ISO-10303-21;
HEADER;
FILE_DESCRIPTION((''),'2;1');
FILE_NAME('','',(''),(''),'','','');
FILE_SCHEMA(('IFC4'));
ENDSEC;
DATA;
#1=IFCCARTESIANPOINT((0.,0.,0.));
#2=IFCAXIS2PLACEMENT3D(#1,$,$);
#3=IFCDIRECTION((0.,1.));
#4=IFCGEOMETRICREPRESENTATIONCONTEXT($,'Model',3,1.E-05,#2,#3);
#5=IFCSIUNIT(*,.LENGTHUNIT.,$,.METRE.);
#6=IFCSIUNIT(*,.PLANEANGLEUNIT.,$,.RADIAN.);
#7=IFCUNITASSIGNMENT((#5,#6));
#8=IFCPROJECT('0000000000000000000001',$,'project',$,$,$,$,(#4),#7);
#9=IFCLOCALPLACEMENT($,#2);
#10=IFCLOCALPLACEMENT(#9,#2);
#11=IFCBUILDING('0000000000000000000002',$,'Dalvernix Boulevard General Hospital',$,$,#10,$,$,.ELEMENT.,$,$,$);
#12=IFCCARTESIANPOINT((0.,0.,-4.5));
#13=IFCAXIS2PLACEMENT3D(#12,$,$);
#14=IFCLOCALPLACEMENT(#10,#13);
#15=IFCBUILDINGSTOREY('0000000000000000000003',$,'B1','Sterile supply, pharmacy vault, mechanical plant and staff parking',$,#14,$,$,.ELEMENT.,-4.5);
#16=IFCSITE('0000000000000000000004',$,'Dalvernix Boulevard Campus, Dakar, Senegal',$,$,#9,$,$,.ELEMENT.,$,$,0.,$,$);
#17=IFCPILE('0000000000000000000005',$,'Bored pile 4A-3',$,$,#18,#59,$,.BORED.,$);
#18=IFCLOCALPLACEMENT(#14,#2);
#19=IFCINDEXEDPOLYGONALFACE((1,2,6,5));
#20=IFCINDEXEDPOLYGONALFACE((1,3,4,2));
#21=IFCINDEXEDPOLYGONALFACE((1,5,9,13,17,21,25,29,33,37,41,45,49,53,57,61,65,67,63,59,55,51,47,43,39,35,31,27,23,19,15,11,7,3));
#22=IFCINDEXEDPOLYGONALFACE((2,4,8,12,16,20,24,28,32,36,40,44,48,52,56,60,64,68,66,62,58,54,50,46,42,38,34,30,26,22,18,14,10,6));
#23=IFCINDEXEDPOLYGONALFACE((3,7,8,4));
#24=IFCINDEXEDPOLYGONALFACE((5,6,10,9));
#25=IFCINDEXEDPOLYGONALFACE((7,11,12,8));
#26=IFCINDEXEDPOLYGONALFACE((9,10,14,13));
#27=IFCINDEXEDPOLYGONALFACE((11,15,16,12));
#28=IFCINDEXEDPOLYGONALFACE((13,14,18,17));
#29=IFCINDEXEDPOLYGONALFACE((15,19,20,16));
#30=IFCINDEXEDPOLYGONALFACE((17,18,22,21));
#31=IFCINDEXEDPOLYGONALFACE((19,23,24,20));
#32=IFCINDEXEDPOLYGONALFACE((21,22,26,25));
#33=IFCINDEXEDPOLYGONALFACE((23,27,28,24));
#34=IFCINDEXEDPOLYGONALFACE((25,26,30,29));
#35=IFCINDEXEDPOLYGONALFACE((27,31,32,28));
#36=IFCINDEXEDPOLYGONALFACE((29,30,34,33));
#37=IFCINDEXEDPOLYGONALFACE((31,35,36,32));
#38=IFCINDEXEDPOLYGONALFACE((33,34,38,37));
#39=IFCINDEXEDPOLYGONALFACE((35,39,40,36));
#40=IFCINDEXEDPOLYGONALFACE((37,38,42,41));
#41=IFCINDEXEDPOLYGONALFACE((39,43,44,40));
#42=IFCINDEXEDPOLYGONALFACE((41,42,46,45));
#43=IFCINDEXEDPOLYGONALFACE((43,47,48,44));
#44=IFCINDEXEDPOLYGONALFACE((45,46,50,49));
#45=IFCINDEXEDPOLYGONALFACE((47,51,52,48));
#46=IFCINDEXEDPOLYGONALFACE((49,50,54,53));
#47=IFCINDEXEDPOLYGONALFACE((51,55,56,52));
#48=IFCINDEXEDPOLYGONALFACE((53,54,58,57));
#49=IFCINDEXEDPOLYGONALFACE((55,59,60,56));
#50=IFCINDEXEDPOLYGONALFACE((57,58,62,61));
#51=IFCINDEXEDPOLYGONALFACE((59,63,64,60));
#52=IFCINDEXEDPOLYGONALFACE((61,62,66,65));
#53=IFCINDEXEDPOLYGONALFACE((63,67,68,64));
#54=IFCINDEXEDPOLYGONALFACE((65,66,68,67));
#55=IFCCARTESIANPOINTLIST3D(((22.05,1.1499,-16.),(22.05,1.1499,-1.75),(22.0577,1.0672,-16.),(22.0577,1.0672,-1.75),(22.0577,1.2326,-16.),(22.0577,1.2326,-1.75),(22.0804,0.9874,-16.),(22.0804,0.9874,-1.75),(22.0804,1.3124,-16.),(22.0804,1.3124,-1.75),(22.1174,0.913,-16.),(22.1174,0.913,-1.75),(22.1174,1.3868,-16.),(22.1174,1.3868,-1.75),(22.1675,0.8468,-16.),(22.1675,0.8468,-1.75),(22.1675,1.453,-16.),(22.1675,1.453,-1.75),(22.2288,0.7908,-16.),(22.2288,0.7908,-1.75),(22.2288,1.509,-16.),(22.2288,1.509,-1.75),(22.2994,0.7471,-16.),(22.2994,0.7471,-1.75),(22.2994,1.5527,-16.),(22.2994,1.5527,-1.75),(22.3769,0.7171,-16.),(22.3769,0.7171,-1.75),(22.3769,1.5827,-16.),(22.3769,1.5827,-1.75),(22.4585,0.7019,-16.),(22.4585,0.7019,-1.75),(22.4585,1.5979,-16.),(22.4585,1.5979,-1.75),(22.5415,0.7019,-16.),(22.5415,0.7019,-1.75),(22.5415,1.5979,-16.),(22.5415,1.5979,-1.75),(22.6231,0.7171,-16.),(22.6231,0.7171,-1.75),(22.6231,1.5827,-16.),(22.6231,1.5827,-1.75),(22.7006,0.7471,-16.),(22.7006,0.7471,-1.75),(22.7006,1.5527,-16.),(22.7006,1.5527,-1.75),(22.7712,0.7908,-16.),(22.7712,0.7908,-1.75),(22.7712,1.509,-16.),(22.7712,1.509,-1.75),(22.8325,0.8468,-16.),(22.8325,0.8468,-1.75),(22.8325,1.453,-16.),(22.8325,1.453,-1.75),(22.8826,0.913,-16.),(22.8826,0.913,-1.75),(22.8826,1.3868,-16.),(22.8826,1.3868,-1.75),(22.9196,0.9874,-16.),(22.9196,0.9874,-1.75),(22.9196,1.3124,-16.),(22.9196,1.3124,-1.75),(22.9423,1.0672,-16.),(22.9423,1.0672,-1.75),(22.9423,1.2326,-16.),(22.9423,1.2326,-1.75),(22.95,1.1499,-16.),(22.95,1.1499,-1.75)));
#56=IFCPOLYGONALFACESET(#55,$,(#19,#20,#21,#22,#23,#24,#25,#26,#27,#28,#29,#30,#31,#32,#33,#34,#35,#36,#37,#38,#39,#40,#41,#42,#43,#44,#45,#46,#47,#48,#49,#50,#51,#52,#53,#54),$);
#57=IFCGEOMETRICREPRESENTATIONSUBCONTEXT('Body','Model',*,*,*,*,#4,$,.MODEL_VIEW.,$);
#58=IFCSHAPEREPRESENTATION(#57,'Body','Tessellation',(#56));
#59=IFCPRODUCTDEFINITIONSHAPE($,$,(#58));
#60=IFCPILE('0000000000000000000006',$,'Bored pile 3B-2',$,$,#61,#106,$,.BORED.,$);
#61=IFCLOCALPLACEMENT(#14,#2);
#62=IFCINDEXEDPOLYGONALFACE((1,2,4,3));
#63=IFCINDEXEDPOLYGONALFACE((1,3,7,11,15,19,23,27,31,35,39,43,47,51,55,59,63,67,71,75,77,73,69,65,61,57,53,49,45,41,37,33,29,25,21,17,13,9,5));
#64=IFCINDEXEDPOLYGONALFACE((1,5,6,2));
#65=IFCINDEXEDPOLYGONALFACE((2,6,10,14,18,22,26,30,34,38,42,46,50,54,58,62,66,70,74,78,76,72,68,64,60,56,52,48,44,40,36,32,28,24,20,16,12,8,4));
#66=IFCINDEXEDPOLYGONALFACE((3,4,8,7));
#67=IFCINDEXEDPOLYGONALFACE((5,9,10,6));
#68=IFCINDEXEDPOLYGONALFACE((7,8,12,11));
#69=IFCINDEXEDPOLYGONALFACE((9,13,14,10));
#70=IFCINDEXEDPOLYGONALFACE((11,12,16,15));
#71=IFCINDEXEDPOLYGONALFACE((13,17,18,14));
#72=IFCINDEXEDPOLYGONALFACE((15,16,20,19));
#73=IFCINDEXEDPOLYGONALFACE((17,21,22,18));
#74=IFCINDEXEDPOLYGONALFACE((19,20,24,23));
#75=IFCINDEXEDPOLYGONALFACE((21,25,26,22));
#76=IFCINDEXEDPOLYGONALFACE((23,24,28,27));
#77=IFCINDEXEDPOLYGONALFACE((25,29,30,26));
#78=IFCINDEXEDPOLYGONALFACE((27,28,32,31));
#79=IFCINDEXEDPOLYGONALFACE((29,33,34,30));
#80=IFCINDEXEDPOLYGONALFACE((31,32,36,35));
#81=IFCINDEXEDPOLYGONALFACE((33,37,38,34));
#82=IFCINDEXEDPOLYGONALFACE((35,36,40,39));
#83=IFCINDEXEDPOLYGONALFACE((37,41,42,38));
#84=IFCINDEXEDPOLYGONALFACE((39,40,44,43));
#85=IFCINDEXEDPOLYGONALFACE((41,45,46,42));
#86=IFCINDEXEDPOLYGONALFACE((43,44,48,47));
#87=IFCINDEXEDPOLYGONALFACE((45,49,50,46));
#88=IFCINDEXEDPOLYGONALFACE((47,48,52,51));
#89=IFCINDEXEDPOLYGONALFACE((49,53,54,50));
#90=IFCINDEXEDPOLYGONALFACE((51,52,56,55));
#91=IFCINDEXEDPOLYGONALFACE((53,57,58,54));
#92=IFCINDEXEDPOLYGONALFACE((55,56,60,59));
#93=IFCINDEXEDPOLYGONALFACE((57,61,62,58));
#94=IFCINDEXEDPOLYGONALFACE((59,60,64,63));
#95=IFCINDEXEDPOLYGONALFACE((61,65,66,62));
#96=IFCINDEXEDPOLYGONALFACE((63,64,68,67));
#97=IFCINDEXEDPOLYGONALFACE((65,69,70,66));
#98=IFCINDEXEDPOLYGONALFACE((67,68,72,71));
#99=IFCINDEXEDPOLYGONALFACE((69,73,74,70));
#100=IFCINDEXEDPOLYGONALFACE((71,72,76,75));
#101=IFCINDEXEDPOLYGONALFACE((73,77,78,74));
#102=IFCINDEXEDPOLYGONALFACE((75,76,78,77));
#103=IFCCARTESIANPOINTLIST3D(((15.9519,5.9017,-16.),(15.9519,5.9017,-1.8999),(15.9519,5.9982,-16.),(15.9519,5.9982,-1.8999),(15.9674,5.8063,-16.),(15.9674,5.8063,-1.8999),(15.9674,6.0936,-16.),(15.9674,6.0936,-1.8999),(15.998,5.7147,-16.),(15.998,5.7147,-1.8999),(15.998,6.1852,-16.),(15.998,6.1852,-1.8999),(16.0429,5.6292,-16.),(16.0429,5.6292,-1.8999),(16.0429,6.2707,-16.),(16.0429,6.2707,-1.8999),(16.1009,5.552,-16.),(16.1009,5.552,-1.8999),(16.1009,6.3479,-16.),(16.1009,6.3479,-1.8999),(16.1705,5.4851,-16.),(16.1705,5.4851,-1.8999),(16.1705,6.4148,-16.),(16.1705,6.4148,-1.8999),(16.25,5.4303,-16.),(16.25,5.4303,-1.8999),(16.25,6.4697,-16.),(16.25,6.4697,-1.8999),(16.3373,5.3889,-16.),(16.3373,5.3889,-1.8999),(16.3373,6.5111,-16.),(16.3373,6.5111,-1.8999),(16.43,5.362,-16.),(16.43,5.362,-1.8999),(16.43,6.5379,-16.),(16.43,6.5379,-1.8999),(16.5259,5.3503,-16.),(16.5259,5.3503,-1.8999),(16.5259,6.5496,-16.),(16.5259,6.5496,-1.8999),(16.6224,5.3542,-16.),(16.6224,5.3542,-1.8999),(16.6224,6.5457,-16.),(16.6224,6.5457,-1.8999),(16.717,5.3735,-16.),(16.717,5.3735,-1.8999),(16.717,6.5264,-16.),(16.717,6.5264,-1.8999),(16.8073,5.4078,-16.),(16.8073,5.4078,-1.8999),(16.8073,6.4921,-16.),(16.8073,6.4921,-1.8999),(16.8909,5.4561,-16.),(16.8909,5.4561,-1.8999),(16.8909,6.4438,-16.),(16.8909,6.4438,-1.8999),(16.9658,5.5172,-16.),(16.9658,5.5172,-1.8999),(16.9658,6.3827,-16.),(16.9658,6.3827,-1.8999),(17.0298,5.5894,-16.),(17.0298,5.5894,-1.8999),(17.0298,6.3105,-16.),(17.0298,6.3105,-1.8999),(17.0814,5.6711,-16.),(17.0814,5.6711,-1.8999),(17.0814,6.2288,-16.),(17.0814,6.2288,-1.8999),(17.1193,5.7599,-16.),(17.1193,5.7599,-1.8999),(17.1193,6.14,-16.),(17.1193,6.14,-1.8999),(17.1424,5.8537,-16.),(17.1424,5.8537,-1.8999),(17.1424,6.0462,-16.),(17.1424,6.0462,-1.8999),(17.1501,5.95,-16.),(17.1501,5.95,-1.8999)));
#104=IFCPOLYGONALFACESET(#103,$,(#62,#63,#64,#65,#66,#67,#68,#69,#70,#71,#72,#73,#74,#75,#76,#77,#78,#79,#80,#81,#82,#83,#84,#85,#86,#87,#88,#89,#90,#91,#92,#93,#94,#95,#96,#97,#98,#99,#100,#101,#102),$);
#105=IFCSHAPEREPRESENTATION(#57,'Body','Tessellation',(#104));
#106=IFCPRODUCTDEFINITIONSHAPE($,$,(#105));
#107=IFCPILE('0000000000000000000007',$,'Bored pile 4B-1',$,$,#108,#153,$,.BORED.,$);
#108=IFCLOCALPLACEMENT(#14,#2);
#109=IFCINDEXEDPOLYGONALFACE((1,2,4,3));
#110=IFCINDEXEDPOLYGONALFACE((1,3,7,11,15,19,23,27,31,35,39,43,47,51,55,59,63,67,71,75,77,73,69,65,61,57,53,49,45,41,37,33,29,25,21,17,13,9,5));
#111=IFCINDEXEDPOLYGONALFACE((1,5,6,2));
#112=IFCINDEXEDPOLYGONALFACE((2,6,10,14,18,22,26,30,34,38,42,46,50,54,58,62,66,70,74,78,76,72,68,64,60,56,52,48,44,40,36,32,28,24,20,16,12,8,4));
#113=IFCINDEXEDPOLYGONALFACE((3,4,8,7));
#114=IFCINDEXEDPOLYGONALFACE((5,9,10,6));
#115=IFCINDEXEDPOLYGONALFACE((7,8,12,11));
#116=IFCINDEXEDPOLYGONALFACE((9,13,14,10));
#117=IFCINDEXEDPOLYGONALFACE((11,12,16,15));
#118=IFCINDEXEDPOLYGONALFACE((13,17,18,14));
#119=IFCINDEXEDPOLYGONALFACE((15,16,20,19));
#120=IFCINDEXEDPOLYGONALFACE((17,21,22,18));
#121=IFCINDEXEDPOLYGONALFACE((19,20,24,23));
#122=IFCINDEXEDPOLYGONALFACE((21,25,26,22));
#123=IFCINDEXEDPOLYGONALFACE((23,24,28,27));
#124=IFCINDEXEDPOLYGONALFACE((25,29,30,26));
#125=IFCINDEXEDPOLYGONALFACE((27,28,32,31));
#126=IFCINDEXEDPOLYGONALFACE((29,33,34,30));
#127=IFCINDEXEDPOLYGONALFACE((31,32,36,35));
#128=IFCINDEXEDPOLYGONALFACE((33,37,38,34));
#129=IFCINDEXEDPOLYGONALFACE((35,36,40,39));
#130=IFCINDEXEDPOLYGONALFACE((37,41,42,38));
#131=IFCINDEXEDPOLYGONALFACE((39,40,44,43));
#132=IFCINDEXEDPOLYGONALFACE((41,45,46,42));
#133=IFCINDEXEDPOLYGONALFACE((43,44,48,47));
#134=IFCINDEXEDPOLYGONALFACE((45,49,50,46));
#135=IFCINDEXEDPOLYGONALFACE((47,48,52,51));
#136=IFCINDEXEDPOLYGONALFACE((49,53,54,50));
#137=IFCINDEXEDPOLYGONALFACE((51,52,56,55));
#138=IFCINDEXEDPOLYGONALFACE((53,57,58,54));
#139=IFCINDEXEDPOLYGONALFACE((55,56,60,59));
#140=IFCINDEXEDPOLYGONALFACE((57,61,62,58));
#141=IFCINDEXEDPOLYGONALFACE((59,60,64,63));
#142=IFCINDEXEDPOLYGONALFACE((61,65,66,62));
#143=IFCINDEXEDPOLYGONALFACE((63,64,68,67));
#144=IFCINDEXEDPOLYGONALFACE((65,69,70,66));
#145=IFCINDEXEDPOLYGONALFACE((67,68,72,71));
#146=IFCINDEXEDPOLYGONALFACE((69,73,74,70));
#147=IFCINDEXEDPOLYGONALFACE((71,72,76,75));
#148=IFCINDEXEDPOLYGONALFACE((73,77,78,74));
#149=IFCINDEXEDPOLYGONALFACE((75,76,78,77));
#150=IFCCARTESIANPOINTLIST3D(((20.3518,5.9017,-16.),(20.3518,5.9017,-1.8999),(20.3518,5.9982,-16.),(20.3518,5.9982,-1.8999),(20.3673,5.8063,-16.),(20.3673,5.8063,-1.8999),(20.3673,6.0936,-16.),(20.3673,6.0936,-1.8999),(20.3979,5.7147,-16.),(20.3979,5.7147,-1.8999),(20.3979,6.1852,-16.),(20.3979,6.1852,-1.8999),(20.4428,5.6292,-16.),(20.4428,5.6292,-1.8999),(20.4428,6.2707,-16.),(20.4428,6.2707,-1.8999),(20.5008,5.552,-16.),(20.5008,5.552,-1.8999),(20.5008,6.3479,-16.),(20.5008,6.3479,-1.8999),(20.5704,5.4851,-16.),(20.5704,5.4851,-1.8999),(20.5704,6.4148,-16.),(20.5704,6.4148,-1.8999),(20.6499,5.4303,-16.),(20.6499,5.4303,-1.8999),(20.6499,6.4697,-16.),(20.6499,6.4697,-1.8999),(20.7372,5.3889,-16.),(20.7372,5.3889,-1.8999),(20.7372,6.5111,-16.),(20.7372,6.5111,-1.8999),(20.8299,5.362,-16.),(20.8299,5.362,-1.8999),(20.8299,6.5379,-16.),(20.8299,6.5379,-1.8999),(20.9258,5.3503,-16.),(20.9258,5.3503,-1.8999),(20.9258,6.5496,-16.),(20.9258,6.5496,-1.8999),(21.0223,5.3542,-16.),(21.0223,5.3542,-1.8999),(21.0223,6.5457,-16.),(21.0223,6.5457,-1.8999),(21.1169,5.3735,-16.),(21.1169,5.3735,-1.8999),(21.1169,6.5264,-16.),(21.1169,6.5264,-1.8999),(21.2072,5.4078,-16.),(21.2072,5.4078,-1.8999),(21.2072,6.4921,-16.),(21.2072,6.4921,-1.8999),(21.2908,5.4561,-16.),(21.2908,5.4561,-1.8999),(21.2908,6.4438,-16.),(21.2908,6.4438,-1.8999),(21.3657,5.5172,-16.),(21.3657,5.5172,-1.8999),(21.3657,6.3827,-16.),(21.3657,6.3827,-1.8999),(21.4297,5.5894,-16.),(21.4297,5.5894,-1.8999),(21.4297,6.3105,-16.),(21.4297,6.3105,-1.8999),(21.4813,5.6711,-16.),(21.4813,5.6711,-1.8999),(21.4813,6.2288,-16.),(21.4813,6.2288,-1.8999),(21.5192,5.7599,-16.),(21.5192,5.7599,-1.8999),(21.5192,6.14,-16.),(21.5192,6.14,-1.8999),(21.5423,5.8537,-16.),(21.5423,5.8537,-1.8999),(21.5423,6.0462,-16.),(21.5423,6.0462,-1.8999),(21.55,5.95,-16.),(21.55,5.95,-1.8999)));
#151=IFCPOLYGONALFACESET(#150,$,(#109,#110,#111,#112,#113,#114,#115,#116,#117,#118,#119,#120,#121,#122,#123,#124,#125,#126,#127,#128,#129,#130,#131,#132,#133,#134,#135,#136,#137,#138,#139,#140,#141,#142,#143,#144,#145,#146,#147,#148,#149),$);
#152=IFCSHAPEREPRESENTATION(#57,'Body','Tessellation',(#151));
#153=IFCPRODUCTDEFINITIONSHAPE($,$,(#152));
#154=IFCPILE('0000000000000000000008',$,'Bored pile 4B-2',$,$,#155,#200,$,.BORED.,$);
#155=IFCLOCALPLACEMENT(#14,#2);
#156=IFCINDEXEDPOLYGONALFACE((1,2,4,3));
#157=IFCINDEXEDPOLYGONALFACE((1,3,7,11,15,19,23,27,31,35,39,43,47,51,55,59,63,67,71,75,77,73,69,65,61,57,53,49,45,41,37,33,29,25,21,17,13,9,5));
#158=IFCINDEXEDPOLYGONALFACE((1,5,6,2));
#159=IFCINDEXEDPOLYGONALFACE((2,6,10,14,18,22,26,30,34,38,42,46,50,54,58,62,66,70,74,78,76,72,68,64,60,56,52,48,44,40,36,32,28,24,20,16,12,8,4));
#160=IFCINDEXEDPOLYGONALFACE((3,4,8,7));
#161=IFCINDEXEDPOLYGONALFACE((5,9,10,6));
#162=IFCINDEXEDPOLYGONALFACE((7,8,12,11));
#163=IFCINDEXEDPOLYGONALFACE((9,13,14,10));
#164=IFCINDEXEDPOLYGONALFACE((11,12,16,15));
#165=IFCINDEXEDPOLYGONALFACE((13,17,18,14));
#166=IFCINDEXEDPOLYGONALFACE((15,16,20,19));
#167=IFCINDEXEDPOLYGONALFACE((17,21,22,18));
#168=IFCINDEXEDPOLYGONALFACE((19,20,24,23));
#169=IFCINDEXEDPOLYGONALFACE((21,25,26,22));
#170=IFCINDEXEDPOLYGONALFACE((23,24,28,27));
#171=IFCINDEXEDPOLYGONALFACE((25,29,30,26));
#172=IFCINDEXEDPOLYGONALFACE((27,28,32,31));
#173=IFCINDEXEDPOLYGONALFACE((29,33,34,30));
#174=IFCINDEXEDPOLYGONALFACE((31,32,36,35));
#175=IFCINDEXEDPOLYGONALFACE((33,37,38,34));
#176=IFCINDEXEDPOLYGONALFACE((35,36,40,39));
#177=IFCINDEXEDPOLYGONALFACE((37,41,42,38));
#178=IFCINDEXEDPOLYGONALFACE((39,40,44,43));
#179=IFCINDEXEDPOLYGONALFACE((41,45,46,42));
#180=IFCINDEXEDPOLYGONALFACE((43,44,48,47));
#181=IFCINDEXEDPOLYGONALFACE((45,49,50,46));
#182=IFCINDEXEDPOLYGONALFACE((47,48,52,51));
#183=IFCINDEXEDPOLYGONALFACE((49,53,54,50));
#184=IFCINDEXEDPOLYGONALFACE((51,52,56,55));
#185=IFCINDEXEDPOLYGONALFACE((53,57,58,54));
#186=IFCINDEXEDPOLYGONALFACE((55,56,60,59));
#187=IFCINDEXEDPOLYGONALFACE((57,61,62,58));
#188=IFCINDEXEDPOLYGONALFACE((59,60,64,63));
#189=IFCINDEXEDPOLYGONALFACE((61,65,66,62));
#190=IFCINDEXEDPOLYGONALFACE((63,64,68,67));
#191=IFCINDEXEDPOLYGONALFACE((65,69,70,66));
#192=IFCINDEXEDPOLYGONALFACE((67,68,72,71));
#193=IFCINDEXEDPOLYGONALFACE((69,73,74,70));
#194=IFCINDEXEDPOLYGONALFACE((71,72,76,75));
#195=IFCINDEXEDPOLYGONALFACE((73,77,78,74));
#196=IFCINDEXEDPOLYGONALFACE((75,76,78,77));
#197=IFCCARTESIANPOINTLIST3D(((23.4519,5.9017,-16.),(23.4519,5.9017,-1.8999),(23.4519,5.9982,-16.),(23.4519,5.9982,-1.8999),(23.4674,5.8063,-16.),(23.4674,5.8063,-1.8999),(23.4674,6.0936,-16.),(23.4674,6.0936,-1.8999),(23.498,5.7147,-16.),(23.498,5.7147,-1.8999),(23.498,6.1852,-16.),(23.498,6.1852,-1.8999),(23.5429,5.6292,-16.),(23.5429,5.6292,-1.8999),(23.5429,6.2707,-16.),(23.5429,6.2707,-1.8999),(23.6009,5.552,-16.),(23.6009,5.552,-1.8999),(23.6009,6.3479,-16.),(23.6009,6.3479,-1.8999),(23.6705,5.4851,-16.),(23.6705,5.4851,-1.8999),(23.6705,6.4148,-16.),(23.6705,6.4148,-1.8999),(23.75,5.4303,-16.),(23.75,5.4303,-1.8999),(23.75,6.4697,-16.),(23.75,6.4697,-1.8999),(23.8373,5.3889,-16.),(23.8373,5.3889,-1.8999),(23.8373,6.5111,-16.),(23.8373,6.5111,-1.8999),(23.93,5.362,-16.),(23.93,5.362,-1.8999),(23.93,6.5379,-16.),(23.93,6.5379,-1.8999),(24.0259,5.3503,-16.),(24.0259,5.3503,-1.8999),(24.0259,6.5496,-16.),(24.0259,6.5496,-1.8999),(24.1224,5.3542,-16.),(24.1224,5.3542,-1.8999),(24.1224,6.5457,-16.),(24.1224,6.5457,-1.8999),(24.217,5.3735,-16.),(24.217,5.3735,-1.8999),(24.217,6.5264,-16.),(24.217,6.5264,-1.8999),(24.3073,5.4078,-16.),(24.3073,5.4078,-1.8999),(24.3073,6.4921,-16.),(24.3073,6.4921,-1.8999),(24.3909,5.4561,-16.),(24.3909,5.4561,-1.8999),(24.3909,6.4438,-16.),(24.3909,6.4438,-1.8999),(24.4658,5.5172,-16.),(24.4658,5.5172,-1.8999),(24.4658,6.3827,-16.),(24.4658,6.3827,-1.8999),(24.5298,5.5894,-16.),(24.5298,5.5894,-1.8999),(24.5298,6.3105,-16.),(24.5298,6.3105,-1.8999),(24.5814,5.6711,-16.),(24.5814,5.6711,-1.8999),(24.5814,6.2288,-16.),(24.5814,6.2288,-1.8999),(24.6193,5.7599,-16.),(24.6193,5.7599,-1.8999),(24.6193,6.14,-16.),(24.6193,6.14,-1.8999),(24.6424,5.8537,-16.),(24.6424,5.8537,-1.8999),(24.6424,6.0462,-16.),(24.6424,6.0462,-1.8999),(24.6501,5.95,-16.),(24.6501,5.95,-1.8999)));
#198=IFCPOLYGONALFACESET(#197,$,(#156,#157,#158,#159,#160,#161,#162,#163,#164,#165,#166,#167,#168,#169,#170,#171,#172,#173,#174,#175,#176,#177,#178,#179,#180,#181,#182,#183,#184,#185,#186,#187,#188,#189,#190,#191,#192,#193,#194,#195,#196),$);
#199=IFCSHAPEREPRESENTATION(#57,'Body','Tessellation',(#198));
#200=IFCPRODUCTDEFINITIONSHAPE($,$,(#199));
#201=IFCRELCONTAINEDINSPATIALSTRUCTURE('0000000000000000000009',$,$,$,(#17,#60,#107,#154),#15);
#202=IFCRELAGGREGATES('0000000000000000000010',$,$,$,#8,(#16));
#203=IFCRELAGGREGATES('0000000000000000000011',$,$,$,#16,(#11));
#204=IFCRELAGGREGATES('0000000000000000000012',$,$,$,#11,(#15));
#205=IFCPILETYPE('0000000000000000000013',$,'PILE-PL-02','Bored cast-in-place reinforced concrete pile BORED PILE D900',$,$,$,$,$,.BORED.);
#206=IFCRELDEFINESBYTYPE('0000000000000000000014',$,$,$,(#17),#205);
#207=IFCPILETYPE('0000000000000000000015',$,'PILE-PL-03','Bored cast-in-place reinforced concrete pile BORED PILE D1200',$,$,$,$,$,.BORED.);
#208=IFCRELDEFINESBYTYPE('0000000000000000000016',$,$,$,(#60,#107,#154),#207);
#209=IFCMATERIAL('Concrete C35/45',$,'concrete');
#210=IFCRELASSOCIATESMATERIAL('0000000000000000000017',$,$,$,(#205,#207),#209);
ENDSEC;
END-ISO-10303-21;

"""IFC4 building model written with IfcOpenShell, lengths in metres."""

from ifc_helpers import new_model, si_unit, direction, frame, origin, origin_2d, place, context, subcontext, project, spatial, circle, extrude, material, material_profile, profile_set, type_object, element, save


model = new_model("IFC4")

# Units and contexts
model_context = context("Model", 3, precision=1e-05, world=origin(), true_north=direction((0.0, 1.0)))
body_context = subcontext(model_context, "Body", "Model", "MODEL_VIEW")
ifc_project = project(units=[si_unit("LENGTHUNIT", "METRE"), si_unit("PLANEANGLEUNIT", "RADIAN")], contexts=[model_context])

# Site, building, storey
site_placement = place(None, origin())
site = spatial("IfcSite", under=ifc_project, at=site_placement, Name="Dalvernix Boulevard Campus, Dakar, Senegal", CompositionType="ELEMENT", RefElevation=0.0)
building_placement = place(site_placement, origin())
building = spatial("IfcBuilding", under=site, at=building_placement, Name="Dalvernix Boulevard General Hospital", CompositionType="ELEMENT")
storey_placement = place(building_placement, frame((0.0, 0.0, -4.5)))
storey = spatial("IfcBuildingStorey", under=building, at=storey_placement, Name="B1", Description="Sterile supply, pharmacy vault, mechanical plant and staff parking", CompositionType="ELEMENT", Elevation=-4.5)

# Shared definitions
ifc_material_1 = material(Name="Concrete C35/45", Category="concrete")

# Piles
ifc_material_profile_1 = material_profile(ifc_material_1, circle(Radius=0.45, at=origin_2d()), Name="BORED PILE D900")
ifc_profile_set_1 = profile_set([ifc_material_profile_1], Name="Concrete C35/45")
pile_type_1 = type_object("IfcPileType", Name="PILE-PL-02", Description="Bored cast-in-place reinforced concrete pile BORED PILE D900", PredefinedType="BORED", material=ifc_profile_set_1)
for number, where, z_axis, x_axis, name in (
    (1, (22.5, 1.1499, -1.75), (0.0, 0.0, -1.0), (1.0, 0.0, 0.0), "Bored pile 4A-3"),
):
    element("IfcPile", number, at=place(storey_placement, frame(where, z_axis=z_axis, x_axis=x_axis)), inside=storey, type_object=pile_type_1, Name=name, PredefinedType="BORED", context=body_context, shape_type="SweptSolid", body=[
        extrude(circle(Radius=0.45, at=origin_2d()), origin(), (0.0, 0.0, 1.0), 14.25),
    ])
ifc_material_profile_2 = material_profile(ifc_material_1, circle(Radius=0.6001, at=origin_2d()), Name="BORED PILE D1200")
ifc_profile_set_2 = profile_set([ifc_material_profile_2], Name="Concrete C35/45")
pile_type_2 = type_object("IfcPileType", Name="PILE-PL-03", Description="Bored cast-in-place reinforced concrete pile BORED PILE D1200", PredefinedType="BORED", material=ifc_profile_set_2)
for number, where, z_axis, x_axis, name in (
    (2, (16.55, 5.95, -1.8999), (0.0, 0.0, -1.0), (1.0, 0.0, 0.0), "Bored pile 3B-2"),
    (3, (20.95, 5.95, -1.8999), (0.0, 0.0, -1.0), (1.0, 0.0, 0.0), "Bored pile 4B-1"),
    (4, (24.05, 5.95, -1.8999), (0.0, 0.0, -1.0), (1.0, 0.0, 0.0), "Bored pile 4B-2"),
):
    element("IfcPile", number, at=place(storey_placement, frame(where, z_axis=z_axis, x_axis=x_axis)), inside=storey, type_object=pile_type_2, Name=name, PredefinedType="BORED", context=body_context, shape_type="SweptSolid", body=[
        extrude(circle(Radius=0.6001, at=origin_2d()), origin(), (0.0, 0.0, 1.0), 14.1001),
    ])

save(model, "model.ifc")
